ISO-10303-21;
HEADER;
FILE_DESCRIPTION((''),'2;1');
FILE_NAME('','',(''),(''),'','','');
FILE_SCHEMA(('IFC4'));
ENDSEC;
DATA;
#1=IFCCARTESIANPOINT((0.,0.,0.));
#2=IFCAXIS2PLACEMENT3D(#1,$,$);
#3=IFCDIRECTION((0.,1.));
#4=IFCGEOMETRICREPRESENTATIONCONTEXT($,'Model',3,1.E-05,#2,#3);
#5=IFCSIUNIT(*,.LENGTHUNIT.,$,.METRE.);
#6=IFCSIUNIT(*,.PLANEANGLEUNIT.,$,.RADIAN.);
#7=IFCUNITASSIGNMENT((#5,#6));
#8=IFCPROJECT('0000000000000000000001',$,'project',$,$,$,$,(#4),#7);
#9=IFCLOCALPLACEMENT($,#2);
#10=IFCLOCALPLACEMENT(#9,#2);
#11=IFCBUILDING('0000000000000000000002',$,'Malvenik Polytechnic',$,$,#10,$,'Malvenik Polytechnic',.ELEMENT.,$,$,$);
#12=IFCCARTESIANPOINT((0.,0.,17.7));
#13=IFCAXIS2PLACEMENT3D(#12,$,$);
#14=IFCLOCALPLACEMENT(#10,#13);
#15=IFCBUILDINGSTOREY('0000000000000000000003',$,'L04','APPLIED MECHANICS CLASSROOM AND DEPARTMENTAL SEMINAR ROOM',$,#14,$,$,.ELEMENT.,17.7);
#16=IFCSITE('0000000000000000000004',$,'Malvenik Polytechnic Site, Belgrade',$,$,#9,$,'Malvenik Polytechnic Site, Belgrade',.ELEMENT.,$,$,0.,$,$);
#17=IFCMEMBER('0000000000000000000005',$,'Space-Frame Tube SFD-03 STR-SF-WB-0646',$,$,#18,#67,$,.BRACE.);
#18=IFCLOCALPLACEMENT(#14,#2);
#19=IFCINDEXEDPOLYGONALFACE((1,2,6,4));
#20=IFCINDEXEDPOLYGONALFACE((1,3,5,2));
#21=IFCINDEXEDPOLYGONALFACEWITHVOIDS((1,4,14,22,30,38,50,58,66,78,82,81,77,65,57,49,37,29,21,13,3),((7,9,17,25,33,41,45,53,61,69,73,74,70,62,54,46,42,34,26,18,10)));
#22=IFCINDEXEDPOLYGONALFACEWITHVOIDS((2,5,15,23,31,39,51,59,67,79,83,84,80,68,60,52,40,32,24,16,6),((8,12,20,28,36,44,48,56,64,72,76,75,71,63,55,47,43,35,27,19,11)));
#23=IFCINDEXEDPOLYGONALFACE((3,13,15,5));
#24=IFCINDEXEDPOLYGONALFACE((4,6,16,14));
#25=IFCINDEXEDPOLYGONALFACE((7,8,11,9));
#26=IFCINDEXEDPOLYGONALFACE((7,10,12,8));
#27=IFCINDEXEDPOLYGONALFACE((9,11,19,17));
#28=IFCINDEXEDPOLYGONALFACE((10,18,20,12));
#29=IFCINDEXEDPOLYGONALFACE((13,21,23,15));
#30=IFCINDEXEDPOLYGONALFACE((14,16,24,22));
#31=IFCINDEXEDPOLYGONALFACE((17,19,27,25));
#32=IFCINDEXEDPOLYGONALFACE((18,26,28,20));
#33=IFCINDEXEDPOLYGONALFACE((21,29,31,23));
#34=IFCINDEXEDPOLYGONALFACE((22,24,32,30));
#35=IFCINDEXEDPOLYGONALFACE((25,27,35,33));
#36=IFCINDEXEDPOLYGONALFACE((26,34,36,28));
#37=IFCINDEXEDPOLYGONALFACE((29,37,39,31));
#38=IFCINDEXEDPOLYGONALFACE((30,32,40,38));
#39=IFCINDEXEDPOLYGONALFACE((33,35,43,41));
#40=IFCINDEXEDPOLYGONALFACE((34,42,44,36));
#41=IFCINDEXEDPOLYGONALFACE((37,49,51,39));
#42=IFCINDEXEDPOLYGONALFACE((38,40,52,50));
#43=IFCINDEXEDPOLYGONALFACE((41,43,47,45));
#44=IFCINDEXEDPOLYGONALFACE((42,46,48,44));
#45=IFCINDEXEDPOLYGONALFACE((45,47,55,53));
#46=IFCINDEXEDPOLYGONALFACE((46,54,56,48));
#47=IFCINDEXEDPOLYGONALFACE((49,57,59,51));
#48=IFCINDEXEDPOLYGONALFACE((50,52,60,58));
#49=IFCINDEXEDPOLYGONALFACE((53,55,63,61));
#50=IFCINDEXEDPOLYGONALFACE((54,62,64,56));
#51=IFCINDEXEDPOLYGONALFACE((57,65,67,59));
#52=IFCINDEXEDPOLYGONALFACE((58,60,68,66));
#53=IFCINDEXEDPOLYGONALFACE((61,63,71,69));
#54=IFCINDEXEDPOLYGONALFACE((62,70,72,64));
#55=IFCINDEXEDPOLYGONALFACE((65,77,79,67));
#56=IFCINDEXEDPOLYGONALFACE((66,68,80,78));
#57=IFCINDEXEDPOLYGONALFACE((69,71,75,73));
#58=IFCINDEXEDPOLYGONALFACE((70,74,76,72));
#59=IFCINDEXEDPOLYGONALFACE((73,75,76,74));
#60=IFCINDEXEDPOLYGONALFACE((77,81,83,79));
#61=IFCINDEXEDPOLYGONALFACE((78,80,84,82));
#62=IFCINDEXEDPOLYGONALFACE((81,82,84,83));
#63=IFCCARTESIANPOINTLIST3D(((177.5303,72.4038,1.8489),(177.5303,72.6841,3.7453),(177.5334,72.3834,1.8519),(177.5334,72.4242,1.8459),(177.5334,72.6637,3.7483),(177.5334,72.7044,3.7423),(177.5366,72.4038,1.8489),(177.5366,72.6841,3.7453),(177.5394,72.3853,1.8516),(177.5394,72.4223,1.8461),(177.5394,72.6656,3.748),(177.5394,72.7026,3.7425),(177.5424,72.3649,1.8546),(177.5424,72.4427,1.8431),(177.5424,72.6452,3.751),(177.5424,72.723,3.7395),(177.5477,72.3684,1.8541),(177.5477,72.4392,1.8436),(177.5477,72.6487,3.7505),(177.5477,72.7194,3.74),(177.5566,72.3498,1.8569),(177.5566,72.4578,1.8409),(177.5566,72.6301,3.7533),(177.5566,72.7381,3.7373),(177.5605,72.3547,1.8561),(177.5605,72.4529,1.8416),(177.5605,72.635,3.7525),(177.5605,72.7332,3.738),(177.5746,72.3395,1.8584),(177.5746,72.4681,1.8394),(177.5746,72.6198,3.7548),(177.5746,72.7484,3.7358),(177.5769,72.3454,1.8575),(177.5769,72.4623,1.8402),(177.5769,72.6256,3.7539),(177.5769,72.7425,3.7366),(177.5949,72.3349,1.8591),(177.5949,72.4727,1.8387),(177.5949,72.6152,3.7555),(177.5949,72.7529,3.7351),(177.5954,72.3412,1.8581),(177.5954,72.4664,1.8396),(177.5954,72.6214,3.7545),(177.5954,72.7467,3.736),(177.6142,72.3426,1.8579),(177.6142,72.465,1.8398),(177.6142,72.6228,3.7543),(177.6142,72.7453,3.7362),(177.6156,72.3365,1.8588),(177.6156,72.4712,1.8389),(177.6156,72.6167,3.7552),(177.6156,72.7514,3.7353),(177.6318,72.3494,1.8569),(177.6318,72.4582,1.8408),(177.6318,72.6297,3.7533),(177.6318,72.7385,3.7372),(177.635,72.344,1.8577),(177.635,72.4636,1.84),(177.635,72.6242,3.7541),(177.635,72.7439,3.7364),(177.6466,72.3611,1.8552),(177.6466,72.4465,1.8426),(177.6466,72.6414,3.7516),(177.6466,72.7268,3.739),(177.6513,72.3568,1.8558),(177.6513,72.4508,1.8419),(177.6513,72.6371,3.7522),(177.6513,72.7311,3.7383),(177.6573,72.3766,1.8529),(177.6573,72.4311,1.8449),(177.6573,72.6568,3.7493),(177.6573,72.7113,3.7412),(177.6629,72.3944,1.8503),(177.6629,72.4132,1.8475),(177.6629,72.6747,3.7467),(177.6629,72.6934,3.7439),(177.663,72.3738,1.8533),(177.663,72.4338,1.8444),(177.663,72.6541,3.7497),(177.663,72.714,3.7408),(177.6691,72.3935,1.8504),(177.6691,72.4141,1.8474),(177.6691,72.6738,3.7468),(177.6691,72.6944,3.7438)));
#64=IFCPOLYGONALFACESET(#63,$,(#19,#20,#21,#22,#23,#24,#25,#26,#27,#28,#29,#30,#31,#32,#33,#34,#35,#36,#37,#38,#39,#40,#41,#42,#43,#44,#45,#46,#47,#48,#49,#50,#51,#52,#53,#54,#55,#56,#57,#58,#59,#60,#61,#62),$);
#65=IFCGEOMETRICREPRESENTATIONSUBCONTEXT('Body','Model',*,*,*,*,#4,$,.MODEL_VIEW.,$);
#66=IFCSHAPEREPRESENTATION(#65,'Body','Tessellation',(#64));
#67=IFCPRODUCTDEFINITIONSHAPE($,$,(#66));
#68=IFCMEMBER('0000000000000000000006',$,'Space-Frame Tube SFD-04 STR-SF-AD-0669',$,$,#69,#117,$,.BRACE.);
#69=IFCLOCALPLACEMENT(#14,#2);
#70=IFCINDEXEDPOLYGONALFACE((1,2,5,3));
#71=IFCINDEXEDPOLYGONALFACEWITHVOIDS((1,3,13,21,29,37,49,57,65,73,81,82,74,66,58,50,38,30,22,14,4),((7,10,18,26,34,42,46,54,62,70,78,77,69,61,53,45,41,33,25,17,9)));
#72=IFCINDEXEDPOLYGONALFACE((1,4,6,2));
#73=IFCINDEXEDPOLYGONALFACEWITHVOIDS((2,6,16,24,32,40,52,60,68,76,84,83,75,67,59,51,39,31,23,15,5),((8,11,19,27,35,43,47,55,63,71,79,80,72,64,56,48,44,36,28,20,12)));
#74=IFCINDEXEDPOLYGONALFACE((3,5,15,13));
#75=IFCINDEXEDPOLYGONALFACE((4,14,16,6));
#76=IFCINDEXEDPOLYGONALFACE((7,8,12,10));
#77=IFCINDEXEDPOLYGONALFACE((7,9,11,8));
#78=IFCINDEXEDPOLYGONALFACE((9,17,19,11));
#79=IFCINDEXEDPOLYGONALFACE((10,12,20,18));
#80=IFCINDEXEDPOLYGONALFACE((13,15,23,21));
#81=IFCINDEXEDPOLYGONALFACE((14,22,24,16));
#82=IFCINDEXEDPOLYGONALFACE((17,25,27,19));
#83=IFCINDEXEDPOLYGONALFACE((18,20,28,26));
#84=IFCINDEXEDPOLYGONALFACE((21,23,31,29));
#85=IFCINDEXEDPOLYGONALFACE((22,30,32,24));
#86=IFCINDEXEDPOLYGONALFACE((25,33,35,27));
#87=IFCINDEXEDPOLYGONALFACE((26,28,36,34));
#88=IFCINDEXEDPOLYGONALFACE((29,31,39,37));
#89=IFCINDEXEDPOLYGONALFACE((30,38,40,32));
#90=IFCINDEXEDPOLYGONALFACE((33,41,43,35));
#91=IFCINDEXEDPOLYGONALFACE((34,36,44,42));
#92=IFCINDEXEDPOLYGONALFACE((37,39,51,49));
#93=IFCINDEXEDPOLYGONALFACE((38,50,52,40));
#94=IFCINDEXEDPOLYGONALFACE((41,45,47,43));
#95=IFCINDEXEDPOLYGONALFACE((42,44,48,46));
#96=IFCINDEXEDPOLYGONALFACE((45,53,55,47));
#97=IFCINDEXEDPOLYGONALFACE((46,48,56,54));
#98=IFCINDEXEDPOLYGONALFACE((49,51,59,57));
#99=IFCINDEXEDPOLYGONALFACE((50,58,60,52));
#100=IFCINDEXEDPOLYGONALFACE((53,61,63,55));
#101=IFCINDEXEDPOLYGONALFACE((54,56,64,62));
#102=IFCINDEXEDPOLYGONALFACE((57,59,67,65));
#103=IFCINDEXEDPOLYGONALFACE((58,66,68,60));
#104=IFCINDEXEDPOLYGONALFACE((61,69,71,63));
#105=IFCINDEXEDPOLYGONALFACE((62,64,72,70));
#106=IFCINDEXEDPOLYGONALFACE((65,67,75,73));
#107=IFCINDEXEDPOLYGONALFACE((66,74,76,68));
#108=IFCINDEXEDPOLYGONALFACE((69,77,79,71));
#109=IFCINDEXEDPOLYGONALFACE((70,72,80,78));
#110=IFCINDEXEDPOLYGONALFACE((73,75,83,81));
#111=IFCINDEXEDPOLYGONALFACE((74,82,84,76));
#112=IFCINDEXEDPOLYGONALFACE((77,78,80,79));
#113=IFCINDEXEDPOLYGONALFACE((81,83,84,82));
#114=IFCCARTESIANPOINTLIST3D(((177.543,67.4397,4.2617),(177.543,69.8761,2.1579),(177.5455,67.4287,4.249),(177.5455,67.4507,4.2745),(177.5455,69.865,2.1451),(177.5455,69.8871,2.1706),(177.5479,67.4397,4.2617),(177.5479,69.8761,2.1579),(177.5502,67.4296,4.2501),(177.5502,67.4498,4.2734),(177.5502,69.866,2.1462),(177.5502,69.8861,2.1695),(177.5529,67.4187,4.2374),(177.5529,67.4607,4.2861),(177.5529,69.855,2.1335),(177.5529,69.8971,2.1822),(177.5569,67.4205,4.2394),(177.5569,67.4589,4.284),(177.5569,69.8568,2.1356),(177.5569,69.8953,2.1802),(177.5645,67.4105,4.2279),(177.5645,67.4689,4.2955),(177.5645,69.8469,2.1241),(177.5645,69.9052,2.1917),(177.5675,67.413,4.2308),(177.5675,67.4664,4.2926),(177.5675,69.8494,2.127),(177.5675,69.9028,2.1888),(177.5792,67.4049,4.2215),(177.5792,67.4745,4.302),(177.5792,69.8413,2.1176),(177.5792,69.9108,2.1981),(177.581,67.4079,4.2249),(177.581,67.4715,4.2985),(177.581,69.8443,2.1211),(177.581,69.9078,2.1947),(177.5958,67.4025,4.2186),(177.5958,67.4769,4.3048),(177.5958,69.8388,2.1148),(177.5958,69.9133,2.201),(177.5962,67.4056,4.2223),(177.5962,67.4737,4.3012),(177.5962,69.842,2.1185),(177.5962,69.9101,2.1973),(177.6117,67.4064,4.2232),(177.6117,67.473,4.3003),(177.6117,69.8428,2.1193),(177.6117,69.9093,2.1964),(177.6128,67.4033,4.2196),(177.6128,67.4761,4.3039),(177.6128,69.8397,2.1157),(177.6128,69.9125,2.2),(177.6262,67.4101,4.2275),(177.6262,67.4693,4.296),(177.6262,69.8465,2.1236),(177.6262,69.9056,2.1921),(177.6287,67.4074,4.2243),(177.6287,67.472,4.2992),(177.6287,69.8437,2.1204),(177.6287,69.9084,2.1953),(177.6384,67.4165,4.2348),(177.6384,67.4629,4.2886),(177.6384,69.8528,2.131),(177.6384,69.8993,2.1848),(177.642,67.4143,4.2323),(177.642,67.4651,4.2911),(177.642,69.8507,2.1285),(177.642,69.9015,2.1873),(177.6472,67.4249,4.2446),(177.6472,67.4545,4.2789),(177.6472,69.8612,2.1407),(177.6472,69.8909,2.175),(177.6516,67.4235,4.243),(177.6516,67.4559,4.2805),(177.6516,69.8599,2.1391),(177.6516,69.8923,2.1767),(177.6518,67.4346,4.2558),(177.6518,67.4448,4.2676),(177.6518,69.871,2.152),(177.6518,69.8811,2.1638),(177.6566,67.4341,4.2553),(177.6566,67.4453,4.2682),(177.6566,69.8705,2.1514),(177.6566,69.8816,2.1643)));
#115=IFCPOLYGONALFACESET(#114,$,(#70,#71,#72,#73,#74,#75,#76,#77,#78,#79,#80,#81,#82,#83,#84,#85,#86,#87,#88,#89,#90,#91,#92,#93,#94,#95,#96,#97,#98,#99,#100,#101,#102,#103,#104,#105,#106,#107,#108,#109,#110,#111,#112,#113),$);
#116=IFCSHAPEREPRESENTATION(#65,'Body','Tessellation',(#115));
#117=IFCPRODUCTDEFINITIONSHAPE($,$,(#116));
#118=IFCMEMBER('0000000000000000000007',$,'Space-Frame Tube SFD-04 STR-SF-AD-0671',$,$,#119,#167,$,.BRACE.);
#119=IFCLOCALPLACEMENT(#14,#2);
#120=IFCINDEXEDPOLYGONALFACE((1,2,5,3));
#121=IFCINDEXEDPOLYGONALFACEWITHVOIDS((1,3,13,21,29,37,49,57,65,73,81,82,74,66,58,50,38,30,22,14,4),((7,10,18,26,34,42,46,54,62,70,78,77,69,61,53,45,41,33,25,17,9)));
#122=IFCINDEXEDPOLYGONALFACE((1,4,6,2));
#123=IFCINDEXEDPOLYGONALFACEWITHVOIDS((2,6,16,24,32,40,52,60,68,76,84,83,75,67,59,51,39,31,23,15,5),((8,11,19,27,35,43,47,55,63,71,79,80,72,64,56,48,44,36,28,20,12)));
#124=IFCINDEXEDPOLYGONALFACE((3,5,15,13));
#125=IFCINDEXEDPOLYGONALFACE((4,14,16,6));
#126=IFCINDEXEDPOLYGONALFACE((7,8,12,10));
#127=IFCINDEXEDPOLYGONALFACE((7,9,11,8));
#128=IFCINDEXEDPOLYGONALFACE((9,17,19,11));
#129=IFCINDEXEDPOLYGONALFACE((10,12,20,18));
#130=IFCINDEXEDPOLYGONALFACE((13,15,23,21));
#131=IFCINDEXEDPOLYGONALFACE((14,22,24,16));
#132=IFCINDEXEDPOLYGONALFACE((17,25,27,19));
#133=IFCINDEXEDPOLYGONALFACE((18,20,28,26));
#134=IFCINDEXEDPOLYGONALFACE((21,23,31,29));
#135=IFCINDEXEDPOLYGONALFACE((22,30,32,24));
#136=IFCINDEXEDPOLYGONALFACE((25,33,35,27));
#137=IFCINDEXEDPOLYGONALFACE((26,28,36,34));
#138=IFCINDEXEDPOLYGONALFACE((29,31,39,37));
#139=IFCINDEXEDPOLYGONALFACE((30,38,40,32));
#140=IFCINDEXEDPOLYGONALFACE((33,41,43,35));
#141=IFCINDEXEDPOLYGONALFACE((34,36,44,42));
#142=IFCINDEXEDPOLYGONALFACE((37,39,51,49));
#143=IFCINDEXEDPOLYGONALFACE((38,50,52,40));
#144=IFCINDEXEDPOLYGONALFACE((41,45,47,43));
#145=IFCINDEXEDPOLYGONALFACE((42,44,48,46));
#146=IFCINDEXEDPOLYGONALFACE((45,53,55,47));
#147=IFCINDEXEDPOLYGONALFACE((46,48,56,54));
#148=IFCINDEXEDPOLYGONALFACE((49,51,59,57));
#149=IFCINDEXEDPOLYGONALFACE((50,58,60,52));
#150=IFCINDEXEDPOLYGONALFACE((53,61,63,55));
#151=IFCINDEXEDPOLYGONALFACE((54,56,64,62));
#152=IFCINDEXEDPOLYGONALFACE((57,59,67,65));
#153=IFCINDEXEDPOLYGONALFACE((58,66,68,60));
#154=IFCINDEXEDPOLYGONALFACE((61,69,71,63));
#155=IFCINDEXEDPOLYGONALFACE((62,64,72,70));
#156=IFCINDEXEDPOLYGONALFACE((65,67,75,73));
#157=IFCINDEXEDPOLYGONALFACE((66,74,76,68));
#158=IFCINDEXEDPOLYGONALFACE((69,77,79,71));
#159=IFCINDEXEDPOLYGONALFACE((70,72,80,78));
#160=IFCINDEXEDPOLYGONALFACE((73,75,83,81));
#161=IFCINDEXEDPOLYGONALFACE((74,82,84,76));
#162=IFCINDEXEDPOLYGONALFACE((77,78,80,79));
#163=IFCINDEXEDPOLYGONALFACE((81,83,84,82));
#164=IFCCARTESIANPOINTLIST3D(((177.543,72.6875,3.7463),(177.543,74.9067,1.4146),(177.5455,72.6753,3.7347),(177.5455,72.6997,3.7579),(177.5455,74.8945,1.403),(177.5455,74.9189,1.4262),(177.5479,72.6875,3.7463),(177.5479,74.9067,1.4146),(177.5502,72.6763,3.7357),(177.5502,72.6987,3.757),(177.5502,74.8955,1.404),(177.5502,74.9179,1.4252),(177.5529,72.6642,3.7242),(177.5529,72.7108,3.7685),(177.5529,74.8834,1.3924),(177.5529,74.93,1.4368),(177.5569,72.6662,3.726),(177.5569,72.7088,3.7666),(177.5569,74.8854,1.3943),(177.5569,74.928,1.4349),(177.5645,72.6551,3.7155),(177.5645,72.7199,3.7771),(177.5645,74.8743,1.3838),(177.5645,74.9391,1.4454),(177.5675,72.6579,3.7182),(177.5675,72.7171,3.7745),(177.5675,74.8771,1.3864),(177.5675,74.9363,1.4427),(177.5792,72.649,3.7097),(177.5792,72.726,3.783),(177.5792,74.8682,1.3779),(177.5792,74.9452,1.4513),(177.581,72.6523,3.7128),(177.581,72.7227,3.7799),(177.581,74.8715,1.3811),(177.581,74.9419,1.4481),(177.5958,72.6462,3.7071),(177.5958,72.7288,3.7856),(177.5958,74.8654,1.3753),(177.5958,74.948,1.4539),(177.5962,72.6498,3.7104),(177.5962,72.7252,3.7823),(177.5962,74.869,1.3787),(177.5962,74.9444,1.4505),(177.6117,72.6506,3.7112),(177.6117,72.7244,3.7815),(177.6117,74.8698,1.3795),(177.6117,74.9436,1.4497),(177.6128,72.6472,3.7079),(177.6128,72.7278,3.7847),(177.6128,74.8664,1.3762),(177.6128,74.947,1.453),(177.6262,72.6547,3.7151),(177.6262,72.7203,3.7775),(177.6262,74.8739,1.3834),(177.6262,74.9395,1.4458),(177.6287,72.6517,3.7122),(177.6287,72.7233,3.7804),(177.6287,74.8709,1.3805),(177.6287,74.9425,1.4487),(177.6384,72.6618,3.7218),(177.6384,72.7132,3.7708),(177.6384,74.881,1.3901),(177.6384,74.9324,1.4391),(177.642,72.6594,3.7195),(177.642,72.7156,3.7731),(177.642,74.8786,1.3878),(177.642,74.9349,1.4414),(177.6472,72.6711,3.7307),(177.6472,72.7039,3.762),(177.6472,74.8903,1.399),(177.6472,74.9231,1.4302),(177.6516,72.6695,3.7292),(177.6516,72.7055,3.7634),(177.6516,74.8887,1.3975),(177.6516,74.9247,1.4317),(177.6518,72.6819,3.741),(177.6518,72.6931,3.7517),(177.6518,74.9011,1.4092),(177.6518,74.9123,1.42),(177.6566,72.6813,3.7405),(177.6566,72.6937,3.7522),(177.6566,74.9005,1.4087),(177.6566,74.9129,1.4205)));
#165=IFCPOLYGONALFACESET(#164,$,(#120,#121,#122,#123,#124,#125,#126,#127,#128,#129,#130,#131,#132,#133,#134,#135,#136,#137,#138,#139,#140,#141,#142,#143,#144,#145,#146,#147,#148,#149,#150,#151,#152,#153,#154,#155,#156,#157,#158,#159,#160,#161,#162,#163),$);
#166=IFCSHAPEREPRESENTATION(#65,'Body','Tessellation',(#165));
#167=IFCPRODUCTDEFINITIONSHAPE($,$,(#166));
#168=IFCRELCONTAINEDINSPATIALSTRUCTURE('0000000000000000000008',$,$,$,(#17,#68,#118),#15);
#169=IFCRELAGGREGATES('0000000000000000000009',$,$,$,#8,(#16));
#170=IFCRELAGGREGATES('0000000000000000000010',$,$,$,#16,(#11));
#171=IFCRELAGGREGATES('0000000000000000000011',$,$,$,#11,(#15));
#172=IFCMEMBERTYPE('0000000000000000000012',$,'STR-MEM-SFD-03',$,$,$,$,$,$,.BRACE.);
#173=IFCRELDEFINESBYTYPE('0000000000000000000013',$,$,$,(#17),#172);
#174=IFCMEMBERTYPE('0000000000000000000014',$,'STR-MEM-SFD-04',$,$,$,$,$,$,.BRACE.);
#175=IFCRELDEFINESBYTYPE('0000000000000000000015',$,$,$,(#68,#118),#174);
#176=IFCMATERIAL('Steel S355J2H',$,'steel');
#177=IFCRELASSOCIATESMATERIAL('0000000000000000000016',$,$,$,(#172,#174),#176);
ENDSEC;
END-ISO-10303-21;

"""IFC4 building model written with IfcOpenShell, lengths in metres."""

from ifc_helpers import new_model, si_unit, direction, frame, origin, origin_2d, place, context, subcontext, project, spatial, hollow_circle, extrude, material, material_profile, profile_set, type_object, element, save


model = new_model("IFC4")

# Units and contexts
model_context = context("Model", 3, precision=1e-05, world=origin(), true_north=direction((0.0, 1.0)))
body_context = subcontext(model_context, "Body", "Model", "MODEL_VIEW")
ifc_project = project(units=[si_unit("LENGTHUNIT", "METRE"), si_unit("PLANEANGLEUNIT", "RADIAN")], contexts=[model_context])

# Site, building, storey
site_placement = place(None, origin())
site = spatial("IfcSite", under=ifc_project, at=site_placement, Name="Malvenik Polytechnic Site, Belgrade", LongName="Malvenik Polytechnic Site, Belgrade", CompositionType="ELEMENT", RefElevation=0.0)
building_placement = place(site_placement, origin())
building = spatial("IfcBuilding", under=site, at=building_placement, Name="Malvenik Polytechnic", LongName="Malvenik Polytechnic", CompositionType="ELEMENT")
storey_placement = place(building_placement, frame((0.0, 0.0, 17.7)))
storey = spatial("IfcBuildingStorey", under=building, at=storey_placement, Name="L04", Description="APPLIED MECHANICS CLASSROOM AND DEPARTMENTAL SEMINAR ROOM", CompositionType="ELEMENT", Elevation=17.7)

# Members
ifc_material_1 = material(Name="Steel S355J2H", Category="steel")
ifc_material_profile_1 = material_profile(ifc_material_1, hollow_circle(Radius=0.0698, WallThickness=0.0063, at=origin_2d()), Name="CHS 139.7x6.3")
ifc_profile_set_1 = profile_set([ifc_material_profile_1], Name="Steel S355J2H")
member_type_1 = type_object("IfcMemberType", Name="STR-MEM-SFD-03", PredefinedType="BRACE", material=ifc_profile_set_1)
member_1_placement = place(storey_placement, frame((177.6001, 72.4038, 1.8489), z_axis=(0.0, 0.146198, 0.989255), x_axis=(-1.0, 0.0, 0.0)))
element("IfcMember", 1, at=member_1_placement, inside=storey, type_object=member_type_1, Name="Space-Frame Tube SFD-03 STR-SF-WB-0646", PredefinedType="BRACE", context=body_context, shape_type="SweptSolid", body=[
    extrude(hollow_circle(Radius=0.0698, WallThickness=0.0063, at=origin_2d()), origin(), (0.0, 0.0, 1.0), 1.917),
])
ifc_material_profile_2 = material_profile(ifc_material_1, hollow_circle(Radius=0.0571, WallThickness=0.0049, at=origin_2d()), Name="CHS 114.3x5.0")
ifc_profile_set_2 = profile_set([ifc_material_profile_2], Name="Steel S355J2H")
member_type_2 = type_object("IfcMemberType", Name="STR-MEM-SFD-04", PredefinedType="BRACE", material=ifc_profile_set_2)
for number, where, z_axis, x_axis, name in (
    (2, (177.6001, 67.4397, 4.2617), (0.0, 0.756869, -0.653567), (-1.0, 0.0, 0.0), "Space-Frame Tube SFD-04 STR-SF-AD-0669"),
    (3, (177.6001, 72.6875, 3.7463), (0.0, 0.689409, -0.724372), (-1.0, 0.0, 0.0), "Space-Frame Tube SFD-04 STR-SF-AD-0671"),
):
    element("IfcMember", number, at=place(storey_placement, frame(where, z_axis=z_axis, x_axis=x_axis)), inside=storey, type_object=member_type_2, Name=name, PredefinedType="BRACE", context=body_context, shape_type="SweptSolid", body=[
        extrude(hollow_circle(Radius=0.0571, WallThickness=0.0049, at=origin_2d()), origin(), (0.0, 0.0, 1.0), 3.219),
    ])

save(model, "model.ifc")
